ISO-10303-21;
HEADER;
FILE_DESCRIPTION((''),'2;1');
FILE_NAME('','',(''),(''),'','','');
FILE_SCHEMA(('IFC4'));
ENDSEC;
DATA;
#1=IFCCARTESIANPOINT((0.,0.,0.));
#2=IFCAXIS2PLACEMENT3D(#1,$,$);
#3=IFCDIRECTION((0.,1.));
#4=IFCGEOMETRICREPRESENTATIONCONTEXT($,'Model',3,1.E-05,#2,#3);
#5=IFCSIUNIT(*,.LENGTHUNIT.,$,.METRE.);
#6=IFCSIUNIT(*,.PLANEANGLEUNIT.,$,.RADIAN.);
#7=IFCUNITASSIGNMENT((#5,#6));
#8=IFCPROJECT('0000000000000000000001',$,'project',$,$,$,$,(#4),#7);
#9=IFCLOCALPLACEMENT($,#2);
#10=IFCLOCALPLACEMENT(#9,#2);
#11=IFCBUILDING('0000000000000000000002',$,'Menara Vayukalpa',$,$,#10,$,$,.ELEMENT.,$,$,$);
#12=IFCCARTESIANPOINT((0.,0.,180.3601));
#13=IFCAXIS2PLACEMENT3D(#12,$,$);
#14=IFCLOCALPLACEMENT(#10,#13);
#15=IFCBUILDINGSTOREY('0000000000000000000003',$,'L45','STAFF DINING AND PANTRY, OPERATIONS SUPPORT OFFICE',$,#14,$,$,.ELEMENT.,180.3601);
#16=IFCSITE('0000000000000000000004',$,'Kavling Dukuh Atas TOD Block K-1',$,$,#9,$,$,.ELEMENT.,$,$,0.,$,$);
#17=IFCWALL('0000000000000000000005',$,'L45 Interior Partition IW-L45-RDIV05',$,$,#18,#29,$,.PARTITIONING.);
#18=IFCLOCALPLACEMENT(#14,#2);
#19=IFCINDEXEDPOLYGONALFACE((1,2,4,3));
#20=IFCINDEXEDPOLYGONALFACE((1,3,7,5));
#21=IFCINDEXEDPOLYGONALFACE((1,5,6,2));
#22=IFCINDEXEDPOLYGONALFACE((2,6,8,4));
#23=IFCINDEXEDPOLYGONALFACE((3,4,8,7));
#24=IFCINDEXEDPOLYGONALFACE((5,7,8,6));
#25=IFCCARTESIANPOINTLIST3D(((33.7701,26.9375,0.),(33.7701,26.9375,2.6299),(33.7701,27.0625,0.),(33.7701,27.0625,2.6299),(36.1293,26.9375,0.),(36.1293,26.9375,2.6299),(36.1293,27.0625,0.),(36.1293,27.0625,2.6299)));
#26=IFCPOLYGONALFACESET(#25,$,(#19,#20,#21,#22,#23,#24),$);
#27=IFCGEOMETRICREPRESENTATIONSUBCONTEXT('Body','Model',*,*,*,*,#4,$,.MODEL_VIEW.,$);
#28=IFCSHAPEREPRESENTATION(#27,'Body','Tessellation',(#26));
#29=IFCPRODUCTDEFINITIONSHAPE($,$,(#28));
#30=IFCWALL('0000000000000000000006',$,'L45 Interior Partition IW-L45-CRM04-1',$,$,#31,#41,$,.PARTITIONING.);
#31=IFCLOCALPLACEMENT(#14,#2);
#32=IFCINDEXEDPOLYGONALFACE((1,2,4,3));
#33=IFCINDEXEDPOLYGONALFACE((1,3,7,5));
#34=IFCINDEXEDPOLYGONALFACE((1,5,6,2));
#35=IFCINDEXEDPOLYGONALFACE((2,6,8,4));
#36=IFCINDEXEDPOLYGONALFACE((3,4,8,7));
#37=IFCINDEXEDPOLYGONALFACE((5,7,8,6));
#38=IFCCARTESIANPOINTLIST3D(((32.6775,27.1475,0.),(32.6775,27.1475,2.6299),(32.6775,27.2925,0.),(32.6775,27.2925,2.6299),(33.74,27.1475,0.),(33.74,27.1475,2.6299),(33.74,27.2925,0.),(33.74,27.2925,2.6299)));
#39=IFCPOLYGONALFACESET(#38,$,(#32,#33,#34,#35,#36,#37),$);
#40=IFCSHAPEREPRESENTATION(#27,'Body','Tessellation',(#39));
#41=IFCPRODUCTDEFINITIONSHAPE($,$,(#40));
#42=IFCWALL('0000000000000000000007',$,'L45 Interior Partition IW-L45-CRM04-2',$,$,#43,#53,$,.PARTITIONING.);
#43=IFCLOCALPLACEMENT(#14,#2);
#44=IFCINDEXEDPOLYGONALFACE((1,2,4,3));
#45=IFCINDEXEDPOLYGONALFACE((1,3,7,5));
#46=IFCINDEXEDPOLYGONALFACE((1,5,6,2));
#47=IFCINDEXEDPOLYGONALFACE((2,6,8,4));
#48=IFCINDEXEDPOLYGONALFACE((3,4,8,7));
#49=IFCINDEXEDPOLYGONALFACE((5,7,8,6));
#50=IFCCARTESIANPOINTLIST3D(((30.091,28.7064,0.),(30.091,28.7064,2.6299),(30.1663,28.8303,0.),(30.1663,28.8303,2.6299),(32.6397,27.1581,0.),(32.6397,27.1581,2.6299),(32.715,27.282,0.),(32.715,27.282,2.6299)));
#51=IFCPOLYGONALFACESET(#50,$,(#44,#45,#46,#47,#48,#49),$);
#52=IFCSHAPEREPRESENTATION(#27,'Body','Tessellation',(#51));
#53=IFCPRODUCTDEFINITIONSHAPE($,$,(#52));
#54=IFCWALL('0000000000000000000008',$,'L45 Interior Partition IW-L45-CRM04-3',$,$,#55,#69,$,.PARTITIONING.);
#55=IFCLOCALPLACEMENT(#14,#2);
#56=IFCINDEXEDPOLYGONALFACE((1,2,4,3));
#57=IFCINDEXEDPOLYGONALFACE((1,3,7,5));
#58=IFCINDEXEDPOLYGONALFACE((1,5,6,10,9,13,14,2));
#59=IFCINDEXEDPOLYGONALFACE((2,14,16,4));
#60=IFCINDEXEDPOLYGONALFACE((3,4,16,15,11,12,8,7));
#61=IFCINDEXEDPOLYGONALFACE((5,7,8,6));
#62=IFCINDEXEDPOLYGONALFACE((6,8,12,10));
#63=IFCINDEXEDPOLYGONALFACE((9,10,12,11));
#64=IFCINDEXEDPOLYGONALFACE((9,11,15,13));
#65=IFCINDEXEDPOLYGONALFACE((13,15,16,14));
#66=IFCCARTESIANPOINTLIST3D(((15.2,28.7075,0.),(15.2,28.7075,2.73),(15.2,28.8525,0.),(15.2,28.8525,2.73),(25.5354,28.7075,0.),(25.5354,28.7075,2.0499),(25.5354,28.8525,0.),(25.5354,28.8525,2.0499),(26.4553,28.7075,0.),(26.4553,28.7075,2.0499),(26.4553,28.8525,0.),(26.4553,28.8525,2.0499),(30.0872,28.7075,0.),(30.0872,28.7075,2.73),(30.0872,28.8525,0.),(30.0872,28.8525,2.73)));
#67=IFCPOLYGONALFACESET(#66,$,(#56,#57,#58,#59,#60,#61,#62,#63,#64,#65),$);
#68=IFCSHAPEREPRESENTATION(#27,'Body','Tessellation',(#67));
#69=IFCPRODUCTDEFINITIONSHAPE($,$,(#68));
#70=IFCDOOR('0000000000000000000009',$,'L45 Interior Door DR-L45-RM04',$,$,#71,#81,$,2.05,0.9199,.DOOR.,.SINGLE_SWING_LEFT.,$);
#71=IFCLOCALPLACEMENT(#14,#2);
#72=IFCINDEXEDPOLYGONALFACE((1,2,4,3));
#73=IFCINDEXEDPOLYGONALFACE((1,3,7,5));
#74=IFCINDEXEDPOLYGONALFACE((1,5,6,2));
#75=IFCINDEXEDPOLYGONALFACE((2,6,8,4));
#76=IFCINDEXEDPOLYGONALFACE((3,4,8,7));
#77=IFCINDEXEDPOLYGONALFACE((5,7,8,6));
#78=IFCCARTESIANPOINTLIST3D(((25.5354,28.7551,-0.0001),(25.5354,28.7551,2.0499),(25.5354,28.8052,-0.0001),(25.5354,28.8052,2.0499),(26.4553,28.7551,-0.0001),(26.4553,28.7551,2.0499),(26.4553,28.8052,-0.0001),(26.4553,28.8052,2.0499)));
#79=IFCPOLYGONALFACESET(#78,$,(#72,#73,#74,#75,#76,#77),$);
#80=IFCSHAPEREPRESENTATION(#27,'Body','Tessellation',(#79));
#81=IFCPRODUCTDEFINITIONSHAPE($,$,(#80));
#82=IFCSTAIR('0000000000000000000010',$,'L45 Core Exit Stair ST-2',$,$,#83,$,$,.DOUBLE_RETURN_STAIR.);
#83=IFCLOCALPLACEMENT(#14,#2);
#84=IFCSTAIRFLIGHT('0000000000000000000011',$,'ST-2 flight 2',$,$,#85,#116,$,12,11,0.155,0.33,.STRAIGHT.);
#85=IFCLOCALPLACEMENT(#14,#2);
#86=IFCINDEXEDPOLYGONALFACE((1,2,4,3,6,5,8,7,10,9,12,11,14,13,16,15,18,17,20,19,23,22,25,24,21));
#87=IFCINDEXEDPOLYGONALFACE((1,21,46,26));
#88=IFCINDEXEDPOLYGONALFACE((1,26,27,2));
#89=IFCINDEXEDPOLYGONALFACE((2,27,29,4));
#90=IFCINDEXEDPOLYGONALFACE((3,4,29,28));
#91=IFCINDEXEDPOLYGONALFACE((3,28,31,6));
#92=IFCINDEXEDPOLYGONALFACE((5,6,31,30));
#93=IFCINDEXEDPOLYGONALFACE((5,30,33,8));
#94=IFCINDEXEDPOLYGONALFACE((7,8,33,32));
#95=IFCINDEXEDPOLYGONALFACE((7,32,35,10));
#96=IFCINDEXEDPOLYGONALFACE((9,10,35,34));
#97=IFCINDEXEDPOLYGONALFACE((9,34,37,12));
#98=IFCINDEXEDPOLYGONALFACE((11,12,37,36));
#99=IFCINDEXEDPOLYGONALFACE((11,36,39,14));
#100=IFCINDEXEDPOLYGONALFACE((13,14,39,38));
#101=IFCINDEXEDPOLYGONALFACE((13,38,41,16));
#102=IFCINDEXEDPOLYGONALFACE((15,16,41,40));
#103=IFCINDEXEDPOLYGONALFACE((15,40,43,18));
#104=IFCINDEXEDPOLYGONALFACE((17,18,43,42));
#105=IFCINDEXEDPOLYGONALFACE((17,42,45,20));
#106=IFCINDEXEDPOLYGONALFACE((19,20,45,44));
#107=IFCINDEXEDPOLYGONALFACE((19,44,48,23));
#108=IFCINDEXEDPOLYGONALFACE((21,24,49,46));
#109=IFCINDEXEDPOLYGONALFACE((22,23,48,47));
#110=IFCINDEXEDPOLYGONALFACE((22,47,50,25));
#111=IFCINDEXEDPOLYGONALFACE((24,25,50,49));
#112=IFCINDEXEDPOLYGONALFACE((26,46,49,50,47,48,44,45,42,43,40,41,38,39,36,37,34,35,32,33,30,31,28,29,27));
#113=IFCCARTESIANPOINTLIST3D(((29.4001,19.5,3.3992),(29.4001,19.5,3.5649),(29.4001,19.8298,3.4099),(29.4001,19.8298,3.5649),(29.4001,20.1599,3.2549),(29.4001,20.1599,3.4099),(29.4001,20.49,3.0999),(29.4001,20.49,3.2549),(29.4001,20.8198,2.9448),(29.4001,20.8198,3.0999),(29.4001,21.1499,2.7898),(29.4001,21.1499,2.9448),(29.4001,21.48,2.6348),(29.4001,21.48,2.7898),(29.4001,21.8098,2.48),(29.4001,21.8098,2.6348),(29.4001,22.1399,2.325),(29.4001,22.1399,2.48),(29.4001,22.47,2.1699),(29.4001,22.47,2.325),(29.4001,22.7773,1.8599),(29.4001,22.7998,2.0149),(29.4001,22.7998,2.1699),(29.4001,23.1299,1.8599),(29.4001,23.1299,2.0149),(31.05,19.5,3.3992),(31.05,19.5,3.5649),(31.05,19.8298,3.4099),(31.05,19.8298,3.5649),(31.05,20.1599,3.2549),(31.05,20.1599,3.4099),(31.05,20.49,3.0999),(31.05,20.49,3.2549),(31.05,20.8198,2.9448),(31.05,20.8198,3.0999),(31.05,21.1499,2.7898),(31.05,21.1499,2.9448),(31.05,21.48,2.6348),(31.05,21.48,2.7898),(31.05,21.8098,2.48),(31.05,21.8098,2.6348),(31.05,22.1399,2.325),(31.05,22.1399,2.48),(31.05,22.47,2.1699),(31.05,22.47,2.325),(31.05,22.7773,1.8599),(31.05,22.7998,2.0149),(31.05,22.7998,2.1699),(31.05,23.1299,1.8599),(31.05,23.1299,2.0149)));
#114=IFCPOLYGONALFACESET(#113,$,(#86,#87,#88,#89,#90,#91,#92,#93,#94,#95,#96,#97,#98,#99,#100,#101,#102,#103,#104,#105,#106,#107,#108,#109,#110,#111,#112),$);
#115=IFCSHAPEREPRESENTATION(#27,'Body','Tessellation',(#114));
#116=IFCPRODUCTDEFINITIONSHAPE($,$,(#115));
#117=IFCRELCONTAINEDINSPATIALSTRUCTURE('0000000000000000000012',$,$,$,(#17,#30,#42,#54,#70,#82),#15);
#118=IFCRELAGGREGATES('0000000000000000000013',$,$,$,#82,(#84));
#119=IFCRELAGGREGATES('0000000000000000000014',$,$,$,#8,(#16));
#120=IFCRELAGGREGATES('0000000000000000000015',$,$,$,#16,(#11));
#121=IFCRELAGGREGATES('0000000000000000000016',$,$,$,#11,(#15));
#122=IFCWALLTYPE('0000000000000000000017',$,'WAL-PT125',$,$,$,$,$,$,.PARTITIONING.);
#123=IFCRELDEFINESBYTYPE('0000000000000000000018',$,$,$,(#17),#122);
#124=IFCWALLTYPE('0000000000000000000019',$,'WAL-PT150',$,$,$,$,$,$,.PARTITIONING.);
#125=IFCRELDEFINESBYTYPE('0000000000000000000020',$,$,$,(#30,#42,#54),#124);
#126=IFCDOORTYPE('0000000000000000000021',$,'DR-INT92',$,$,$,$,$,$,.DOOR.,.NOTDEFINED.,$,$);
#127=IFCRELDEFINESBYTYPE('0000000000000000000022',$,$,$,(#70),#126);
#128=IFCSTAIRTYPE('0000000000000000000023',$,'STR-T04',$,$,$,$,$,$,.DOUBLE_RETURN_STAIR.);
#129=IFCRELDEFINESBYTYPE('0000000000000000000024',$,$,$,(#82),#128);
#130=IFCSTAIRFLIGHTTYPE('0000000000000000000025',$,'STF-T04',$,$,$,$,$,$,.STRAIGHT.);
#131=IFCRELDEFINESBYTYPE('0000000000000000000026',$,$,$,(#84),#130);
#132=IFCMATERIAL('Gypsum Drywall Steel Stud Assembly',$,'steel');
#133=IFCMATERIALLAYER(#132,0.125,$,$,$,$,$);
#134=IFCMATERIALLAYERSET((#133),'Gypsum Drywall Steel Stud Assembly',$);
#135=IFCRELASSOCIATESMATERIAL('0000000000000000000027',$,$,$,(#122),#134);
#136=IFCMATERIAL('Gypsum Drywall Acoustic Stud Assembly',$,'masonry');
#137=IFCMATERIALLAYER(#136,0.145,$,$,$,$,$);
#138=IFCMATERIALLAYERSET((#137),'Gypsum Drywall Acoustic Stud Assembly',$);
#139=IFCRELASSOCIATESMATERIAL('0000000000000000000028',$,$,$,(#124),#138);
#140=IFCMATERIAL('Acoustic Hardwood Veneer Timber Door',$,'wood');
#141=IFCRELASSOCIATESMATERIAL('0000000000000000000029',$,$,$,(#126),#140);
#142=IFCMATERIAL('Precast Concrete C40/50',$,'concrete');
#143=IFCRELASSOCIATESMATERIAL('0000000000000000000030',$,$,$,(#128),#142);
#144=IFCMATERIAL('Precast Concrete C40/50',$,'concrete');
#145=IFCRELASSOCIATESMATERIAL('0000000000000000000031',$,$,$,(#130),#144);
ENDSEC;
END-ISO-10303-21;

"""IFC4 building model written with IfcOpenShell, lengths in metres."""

from ifc_helpers import new_model, si_unit, direction, frame, frame_2d, origin, place, context, subcontext, project, spatial, polyline, rectangle, outline, extrude, material, layer, layer_set, type_object, element, fill, aggregate, save


model = new_model("IFC4")

# Units and contexts
model_context = context("Model", 3, precision=1e-05, world=origin(), true_north=direction((0.0, 1.0)))
body_context = subcontext(model_context, "Body", "Model", "MODEL_VIEW")
ifc_project = project(units=[si_unit("LENGTHUNIT", "METRE"), si_unit("PLANEANGLEUNIT", "RADIAN")], contexts=[model_context])

# Site, building, storey
site_placement = place(None, origin())
site = spatial("IfcSite", under=ifc_project, at=site_placement, Name="Kavling Dukuh Atas TOD Block K-1", CompositionType="ELEMENT", RefElevation=0.0)
building_placement = place(site_placement, origin())
building = spatial("IfcBuilding", under=site, at=building_placement, Name="Menara Vayukalpa", CompositionType="ELEMENT")
storey_placement = place(building_placement, frame((0.0, 0.0, 180.3601)))
storey = spatial("IfcBuildingStorey", under=building, at=storey_placement, Name="L45", Description="STAFF DINING AND PANTRY, OPERATIONS SUPPORT OFFICE", CompositionType="ELEMENT", Elevation=180.3601)

# Walls
ifc_material_1 = material(Name="Gypsum Drywall Steel Stud Assembly", Category="steel")
ifc_layer_1 = layer(ifc_material_1, 0.125)
ifc_layer_set_1 = layer_set([ifc_layer_1], Name="Gypsum Drywall Steel Stud Assembly")
wall_type_1 = type_object("IfcWallType", Name="WAL-PT125", PredefinedType="PARTITIONING", material=ifc_layer_set_1)
wall_1_placement = place(storey_placement, frame((33.77, 27.0, 0.0), z_axis=(0.0, 0.0, 1.0), x_axis=(1.0, 0.0, 0.0)))
element("IfcWall", 1, at=wall_1_placement, inside=storey, type_object=wall_type_1, Name="L45 Interior Partition IW-L45-RDIV05", PredefinedType="PARTITIONING", context=body_context, shape_type="SweptSolid", body=[
    extrude(rectangle(XDim=2.3591, YDim=0.125, at=frame_2d((1.1797, 0.0))), origin(), (0.0, 0.0, 1.0), 2.6299),
])
ifc_material_2 = material(Name="Gypsum Drywall Acoustic Stud Assembly", Category="masonry")
ifc_layer_2 = layer(ifc_material_2, 0.145)
ifc_layer_set_2 = layer_set([ifc_layer_2], Name="Gypsum Drywall Acoustic Stud Assembly")
wall_type_2 = type_object("IfcWallType", Name="WAL-PT150", PredefinedType="PARTITIONING", material=ifc_layer_set_2)
wall_2_placement = place(storey_placement, frame((33.74, 27.22, 0.0), z_axis=(0.0, 0.0, 1.0), x_axis=(-1.0, 0.0, 0.0)))
element("IfcWall", 2, at=wall_2_placement, inside=storey, type_object=wall_type_2, Name="L45 Interior Partition IW-L45-CRM04-1", PredefinedType="PARTITIONING", context=body_context, shape_type="SweptSolid", body=[
    extrude(rectangle(XDim=1.0625, YDim=0.145, at=frame_2d((0.5312, 0.0))), origin(), (0.0, 0.0, 1.0), 2.6299),
])
wall_3_placement = place(storey_placement, frame((32.6775, 27.22, 0.0), z_axis=(0.0, 0.0, 1.0), x_axis=(-0.854663, 0.519183, 0.0)))
element("IfcWall", 3, at=wall_3_placement, inside=storey, type_object=wall_type_2, Name="L45 Interior Partition IW-L45-CRM04-2", PredefinedType="PARTITIONING", context=body_context, shape_type="SweptSolid", body=[
    extrude(rectangle(XDim=2.9822, YDim=0.145, at=frame_2d((1.4912, 0.0))), origin(), (0.0, 0.0, 1.0), 2.6299),
])

# Wall, opening, door
wall_4_placement = place(storey_placement, frame((30.0872, 28.78, 0.0), z_axis=(0.0, 0.0, 1.0), x_axis=(-1.0, 0.0, 0.0)))
wall_4 = element("IfcWall", 4, at=wall_4_placement, inside=storey, type_object=wall_type_2, Name="L45 Interior Partition IW-L45-CRM04-3", PredefinedType="PARTITIONING", context=body_context, shape_type="SweptSolid", body=[
    extrude(rectangle(XDim=14.8872, YDim=0.145, at=frame_2d((7.4436, 0.0))), origin(), (0.0, 0.0, 1.0), 2.73),
])
opening_placement = place(wall_4_placement, frame((3.6318, 0.0, 0.0)))
opening = element("IfcOpeningElement", 5, at=opening_placement, cuts=wall_4, PredefinedType="OPENING", context=body_context, shape_type="SweptSolid", body=[
    extrude(rectangle(XDim=0.9199, YDim=2.05, at=frame_2d((0.46, 1.0249))), frame((0.0, 0.0825, 0.0), z_axis=(0.0, -1.0, 0.0), x_axis=(1.0, 0.0, 0.0)), (0.0, 0.0, 1.0), 0.165),
])
ifc_material_3 = material(Name="Acoustic Hardwood Veneer Timber Door", Category="wood")
door_type = type_object("IfcDoorType", Name="DR-INT92", OperationType="NOTDEFINED", PredefinedType="DOOR", material=ifc_material_3)
door_placement = place(opening_placement, origin())
door = element("IfcDoor", 6, at=door_placement, inside=storey, type_object=door_type, Name="L45 Interior Door DR-L45-RM04", OperationType="SINGLE_SWING_LEFT", OverallHeight=2.05, OverallWidth=0.9199, PredefinedType="DOOR", context=body_context, shape_type="SweptSolid", body=[
    extrude(rectangle(XDim=0.9199, YDim=2.05, at=frame_2d((0.46, 1.0249))), frame((0.0, 0.0249, 0.0), z_axis=(0.0, -1.0, 0.0), x_axis=(1.0, 0.0, 0.0)), (0.0, 0.0, 1.0), 0.05),
])
fill(opening, door)

# Stair, stair flight
ifc_material_4 = material(Name="Precast Concrete C40/50", Category="concrete")
stair_type = type_object("IfcStairType", Name="STR-T04", PredefinedType="DOUBLE_RETURN_STAIR", material=ifc_material_4)
stair_placement = place(storey_placement, origin())
stair = element("IfcStair", 7, at=stair_placement, inside=storey, type_object=stair_type, Name="L45 Core Exit Stair ST-2", PredefinedType="DOUBLE_RETURN_STAIR")
ifc_material_5 = material(Name="Precast Concrete C40/50", Category="concrete")
stair_flight_type = type_object("IfcStairFlightType", Name="STF-T04", PredefinedType="STRAIGHT", material=ifc_material_5)
stair_flight_placement = place(storey_placement, frame((30.2251, 23.1299, 1.8599), z_axis=(0.0, 0.0, 1.0), x_axis=(0.0, -1.0, 0.0)))
stair_flight = element("IfcStairFlight", 8, at=stair_flight_placement, type_object=stair_flight_type, Name="ST-2 flight 2", NumberOfRisers=12, NumberOfTreads=11, PredefinedType="STRAIGHT", RiserHeight=0.155, TreadLength=0.33, context=body_context, shape_type="SweptSolid", body=[
    extrude(outline(polyline([(0.0, 0.0), (0.0, 0.155), (0.3301, 0.155), (0.3301, 0.3101), (0.6599, 0.3101), (0.6599, 0.4651), (0.99, 0.4651), (0.99, 0.6201), (1.3201, 0.6201), (1.3201, 0.7749), (1.6499, 0.7749), (1.6499, 0.9299), (1.98, 0.9299), (1.98, 1.085), (2.3101, 1.085), (2.3101, 1.24), (2.6399, 1.24), (2.6399, 1.395), (2.97, 1.395), (2.97, 1.55), (3.3, 1.55), (3.3, 1.7051), (3.6299, 1.7051), (3.6299, 1.8601), (3.6299, 1.5393), (0.3525, 0.0), (0.0, 0.0)])), frame((0.0, 0.825, 0.0), z_axis=(0.0, -1.0, 0.0), x_axis=(1.0, 0.0, 0.0)), (0.0, 0.0, 1.0), 1.6499),
])
aggregate(stair, [stair_flight])

save(model, "model.ifc")
